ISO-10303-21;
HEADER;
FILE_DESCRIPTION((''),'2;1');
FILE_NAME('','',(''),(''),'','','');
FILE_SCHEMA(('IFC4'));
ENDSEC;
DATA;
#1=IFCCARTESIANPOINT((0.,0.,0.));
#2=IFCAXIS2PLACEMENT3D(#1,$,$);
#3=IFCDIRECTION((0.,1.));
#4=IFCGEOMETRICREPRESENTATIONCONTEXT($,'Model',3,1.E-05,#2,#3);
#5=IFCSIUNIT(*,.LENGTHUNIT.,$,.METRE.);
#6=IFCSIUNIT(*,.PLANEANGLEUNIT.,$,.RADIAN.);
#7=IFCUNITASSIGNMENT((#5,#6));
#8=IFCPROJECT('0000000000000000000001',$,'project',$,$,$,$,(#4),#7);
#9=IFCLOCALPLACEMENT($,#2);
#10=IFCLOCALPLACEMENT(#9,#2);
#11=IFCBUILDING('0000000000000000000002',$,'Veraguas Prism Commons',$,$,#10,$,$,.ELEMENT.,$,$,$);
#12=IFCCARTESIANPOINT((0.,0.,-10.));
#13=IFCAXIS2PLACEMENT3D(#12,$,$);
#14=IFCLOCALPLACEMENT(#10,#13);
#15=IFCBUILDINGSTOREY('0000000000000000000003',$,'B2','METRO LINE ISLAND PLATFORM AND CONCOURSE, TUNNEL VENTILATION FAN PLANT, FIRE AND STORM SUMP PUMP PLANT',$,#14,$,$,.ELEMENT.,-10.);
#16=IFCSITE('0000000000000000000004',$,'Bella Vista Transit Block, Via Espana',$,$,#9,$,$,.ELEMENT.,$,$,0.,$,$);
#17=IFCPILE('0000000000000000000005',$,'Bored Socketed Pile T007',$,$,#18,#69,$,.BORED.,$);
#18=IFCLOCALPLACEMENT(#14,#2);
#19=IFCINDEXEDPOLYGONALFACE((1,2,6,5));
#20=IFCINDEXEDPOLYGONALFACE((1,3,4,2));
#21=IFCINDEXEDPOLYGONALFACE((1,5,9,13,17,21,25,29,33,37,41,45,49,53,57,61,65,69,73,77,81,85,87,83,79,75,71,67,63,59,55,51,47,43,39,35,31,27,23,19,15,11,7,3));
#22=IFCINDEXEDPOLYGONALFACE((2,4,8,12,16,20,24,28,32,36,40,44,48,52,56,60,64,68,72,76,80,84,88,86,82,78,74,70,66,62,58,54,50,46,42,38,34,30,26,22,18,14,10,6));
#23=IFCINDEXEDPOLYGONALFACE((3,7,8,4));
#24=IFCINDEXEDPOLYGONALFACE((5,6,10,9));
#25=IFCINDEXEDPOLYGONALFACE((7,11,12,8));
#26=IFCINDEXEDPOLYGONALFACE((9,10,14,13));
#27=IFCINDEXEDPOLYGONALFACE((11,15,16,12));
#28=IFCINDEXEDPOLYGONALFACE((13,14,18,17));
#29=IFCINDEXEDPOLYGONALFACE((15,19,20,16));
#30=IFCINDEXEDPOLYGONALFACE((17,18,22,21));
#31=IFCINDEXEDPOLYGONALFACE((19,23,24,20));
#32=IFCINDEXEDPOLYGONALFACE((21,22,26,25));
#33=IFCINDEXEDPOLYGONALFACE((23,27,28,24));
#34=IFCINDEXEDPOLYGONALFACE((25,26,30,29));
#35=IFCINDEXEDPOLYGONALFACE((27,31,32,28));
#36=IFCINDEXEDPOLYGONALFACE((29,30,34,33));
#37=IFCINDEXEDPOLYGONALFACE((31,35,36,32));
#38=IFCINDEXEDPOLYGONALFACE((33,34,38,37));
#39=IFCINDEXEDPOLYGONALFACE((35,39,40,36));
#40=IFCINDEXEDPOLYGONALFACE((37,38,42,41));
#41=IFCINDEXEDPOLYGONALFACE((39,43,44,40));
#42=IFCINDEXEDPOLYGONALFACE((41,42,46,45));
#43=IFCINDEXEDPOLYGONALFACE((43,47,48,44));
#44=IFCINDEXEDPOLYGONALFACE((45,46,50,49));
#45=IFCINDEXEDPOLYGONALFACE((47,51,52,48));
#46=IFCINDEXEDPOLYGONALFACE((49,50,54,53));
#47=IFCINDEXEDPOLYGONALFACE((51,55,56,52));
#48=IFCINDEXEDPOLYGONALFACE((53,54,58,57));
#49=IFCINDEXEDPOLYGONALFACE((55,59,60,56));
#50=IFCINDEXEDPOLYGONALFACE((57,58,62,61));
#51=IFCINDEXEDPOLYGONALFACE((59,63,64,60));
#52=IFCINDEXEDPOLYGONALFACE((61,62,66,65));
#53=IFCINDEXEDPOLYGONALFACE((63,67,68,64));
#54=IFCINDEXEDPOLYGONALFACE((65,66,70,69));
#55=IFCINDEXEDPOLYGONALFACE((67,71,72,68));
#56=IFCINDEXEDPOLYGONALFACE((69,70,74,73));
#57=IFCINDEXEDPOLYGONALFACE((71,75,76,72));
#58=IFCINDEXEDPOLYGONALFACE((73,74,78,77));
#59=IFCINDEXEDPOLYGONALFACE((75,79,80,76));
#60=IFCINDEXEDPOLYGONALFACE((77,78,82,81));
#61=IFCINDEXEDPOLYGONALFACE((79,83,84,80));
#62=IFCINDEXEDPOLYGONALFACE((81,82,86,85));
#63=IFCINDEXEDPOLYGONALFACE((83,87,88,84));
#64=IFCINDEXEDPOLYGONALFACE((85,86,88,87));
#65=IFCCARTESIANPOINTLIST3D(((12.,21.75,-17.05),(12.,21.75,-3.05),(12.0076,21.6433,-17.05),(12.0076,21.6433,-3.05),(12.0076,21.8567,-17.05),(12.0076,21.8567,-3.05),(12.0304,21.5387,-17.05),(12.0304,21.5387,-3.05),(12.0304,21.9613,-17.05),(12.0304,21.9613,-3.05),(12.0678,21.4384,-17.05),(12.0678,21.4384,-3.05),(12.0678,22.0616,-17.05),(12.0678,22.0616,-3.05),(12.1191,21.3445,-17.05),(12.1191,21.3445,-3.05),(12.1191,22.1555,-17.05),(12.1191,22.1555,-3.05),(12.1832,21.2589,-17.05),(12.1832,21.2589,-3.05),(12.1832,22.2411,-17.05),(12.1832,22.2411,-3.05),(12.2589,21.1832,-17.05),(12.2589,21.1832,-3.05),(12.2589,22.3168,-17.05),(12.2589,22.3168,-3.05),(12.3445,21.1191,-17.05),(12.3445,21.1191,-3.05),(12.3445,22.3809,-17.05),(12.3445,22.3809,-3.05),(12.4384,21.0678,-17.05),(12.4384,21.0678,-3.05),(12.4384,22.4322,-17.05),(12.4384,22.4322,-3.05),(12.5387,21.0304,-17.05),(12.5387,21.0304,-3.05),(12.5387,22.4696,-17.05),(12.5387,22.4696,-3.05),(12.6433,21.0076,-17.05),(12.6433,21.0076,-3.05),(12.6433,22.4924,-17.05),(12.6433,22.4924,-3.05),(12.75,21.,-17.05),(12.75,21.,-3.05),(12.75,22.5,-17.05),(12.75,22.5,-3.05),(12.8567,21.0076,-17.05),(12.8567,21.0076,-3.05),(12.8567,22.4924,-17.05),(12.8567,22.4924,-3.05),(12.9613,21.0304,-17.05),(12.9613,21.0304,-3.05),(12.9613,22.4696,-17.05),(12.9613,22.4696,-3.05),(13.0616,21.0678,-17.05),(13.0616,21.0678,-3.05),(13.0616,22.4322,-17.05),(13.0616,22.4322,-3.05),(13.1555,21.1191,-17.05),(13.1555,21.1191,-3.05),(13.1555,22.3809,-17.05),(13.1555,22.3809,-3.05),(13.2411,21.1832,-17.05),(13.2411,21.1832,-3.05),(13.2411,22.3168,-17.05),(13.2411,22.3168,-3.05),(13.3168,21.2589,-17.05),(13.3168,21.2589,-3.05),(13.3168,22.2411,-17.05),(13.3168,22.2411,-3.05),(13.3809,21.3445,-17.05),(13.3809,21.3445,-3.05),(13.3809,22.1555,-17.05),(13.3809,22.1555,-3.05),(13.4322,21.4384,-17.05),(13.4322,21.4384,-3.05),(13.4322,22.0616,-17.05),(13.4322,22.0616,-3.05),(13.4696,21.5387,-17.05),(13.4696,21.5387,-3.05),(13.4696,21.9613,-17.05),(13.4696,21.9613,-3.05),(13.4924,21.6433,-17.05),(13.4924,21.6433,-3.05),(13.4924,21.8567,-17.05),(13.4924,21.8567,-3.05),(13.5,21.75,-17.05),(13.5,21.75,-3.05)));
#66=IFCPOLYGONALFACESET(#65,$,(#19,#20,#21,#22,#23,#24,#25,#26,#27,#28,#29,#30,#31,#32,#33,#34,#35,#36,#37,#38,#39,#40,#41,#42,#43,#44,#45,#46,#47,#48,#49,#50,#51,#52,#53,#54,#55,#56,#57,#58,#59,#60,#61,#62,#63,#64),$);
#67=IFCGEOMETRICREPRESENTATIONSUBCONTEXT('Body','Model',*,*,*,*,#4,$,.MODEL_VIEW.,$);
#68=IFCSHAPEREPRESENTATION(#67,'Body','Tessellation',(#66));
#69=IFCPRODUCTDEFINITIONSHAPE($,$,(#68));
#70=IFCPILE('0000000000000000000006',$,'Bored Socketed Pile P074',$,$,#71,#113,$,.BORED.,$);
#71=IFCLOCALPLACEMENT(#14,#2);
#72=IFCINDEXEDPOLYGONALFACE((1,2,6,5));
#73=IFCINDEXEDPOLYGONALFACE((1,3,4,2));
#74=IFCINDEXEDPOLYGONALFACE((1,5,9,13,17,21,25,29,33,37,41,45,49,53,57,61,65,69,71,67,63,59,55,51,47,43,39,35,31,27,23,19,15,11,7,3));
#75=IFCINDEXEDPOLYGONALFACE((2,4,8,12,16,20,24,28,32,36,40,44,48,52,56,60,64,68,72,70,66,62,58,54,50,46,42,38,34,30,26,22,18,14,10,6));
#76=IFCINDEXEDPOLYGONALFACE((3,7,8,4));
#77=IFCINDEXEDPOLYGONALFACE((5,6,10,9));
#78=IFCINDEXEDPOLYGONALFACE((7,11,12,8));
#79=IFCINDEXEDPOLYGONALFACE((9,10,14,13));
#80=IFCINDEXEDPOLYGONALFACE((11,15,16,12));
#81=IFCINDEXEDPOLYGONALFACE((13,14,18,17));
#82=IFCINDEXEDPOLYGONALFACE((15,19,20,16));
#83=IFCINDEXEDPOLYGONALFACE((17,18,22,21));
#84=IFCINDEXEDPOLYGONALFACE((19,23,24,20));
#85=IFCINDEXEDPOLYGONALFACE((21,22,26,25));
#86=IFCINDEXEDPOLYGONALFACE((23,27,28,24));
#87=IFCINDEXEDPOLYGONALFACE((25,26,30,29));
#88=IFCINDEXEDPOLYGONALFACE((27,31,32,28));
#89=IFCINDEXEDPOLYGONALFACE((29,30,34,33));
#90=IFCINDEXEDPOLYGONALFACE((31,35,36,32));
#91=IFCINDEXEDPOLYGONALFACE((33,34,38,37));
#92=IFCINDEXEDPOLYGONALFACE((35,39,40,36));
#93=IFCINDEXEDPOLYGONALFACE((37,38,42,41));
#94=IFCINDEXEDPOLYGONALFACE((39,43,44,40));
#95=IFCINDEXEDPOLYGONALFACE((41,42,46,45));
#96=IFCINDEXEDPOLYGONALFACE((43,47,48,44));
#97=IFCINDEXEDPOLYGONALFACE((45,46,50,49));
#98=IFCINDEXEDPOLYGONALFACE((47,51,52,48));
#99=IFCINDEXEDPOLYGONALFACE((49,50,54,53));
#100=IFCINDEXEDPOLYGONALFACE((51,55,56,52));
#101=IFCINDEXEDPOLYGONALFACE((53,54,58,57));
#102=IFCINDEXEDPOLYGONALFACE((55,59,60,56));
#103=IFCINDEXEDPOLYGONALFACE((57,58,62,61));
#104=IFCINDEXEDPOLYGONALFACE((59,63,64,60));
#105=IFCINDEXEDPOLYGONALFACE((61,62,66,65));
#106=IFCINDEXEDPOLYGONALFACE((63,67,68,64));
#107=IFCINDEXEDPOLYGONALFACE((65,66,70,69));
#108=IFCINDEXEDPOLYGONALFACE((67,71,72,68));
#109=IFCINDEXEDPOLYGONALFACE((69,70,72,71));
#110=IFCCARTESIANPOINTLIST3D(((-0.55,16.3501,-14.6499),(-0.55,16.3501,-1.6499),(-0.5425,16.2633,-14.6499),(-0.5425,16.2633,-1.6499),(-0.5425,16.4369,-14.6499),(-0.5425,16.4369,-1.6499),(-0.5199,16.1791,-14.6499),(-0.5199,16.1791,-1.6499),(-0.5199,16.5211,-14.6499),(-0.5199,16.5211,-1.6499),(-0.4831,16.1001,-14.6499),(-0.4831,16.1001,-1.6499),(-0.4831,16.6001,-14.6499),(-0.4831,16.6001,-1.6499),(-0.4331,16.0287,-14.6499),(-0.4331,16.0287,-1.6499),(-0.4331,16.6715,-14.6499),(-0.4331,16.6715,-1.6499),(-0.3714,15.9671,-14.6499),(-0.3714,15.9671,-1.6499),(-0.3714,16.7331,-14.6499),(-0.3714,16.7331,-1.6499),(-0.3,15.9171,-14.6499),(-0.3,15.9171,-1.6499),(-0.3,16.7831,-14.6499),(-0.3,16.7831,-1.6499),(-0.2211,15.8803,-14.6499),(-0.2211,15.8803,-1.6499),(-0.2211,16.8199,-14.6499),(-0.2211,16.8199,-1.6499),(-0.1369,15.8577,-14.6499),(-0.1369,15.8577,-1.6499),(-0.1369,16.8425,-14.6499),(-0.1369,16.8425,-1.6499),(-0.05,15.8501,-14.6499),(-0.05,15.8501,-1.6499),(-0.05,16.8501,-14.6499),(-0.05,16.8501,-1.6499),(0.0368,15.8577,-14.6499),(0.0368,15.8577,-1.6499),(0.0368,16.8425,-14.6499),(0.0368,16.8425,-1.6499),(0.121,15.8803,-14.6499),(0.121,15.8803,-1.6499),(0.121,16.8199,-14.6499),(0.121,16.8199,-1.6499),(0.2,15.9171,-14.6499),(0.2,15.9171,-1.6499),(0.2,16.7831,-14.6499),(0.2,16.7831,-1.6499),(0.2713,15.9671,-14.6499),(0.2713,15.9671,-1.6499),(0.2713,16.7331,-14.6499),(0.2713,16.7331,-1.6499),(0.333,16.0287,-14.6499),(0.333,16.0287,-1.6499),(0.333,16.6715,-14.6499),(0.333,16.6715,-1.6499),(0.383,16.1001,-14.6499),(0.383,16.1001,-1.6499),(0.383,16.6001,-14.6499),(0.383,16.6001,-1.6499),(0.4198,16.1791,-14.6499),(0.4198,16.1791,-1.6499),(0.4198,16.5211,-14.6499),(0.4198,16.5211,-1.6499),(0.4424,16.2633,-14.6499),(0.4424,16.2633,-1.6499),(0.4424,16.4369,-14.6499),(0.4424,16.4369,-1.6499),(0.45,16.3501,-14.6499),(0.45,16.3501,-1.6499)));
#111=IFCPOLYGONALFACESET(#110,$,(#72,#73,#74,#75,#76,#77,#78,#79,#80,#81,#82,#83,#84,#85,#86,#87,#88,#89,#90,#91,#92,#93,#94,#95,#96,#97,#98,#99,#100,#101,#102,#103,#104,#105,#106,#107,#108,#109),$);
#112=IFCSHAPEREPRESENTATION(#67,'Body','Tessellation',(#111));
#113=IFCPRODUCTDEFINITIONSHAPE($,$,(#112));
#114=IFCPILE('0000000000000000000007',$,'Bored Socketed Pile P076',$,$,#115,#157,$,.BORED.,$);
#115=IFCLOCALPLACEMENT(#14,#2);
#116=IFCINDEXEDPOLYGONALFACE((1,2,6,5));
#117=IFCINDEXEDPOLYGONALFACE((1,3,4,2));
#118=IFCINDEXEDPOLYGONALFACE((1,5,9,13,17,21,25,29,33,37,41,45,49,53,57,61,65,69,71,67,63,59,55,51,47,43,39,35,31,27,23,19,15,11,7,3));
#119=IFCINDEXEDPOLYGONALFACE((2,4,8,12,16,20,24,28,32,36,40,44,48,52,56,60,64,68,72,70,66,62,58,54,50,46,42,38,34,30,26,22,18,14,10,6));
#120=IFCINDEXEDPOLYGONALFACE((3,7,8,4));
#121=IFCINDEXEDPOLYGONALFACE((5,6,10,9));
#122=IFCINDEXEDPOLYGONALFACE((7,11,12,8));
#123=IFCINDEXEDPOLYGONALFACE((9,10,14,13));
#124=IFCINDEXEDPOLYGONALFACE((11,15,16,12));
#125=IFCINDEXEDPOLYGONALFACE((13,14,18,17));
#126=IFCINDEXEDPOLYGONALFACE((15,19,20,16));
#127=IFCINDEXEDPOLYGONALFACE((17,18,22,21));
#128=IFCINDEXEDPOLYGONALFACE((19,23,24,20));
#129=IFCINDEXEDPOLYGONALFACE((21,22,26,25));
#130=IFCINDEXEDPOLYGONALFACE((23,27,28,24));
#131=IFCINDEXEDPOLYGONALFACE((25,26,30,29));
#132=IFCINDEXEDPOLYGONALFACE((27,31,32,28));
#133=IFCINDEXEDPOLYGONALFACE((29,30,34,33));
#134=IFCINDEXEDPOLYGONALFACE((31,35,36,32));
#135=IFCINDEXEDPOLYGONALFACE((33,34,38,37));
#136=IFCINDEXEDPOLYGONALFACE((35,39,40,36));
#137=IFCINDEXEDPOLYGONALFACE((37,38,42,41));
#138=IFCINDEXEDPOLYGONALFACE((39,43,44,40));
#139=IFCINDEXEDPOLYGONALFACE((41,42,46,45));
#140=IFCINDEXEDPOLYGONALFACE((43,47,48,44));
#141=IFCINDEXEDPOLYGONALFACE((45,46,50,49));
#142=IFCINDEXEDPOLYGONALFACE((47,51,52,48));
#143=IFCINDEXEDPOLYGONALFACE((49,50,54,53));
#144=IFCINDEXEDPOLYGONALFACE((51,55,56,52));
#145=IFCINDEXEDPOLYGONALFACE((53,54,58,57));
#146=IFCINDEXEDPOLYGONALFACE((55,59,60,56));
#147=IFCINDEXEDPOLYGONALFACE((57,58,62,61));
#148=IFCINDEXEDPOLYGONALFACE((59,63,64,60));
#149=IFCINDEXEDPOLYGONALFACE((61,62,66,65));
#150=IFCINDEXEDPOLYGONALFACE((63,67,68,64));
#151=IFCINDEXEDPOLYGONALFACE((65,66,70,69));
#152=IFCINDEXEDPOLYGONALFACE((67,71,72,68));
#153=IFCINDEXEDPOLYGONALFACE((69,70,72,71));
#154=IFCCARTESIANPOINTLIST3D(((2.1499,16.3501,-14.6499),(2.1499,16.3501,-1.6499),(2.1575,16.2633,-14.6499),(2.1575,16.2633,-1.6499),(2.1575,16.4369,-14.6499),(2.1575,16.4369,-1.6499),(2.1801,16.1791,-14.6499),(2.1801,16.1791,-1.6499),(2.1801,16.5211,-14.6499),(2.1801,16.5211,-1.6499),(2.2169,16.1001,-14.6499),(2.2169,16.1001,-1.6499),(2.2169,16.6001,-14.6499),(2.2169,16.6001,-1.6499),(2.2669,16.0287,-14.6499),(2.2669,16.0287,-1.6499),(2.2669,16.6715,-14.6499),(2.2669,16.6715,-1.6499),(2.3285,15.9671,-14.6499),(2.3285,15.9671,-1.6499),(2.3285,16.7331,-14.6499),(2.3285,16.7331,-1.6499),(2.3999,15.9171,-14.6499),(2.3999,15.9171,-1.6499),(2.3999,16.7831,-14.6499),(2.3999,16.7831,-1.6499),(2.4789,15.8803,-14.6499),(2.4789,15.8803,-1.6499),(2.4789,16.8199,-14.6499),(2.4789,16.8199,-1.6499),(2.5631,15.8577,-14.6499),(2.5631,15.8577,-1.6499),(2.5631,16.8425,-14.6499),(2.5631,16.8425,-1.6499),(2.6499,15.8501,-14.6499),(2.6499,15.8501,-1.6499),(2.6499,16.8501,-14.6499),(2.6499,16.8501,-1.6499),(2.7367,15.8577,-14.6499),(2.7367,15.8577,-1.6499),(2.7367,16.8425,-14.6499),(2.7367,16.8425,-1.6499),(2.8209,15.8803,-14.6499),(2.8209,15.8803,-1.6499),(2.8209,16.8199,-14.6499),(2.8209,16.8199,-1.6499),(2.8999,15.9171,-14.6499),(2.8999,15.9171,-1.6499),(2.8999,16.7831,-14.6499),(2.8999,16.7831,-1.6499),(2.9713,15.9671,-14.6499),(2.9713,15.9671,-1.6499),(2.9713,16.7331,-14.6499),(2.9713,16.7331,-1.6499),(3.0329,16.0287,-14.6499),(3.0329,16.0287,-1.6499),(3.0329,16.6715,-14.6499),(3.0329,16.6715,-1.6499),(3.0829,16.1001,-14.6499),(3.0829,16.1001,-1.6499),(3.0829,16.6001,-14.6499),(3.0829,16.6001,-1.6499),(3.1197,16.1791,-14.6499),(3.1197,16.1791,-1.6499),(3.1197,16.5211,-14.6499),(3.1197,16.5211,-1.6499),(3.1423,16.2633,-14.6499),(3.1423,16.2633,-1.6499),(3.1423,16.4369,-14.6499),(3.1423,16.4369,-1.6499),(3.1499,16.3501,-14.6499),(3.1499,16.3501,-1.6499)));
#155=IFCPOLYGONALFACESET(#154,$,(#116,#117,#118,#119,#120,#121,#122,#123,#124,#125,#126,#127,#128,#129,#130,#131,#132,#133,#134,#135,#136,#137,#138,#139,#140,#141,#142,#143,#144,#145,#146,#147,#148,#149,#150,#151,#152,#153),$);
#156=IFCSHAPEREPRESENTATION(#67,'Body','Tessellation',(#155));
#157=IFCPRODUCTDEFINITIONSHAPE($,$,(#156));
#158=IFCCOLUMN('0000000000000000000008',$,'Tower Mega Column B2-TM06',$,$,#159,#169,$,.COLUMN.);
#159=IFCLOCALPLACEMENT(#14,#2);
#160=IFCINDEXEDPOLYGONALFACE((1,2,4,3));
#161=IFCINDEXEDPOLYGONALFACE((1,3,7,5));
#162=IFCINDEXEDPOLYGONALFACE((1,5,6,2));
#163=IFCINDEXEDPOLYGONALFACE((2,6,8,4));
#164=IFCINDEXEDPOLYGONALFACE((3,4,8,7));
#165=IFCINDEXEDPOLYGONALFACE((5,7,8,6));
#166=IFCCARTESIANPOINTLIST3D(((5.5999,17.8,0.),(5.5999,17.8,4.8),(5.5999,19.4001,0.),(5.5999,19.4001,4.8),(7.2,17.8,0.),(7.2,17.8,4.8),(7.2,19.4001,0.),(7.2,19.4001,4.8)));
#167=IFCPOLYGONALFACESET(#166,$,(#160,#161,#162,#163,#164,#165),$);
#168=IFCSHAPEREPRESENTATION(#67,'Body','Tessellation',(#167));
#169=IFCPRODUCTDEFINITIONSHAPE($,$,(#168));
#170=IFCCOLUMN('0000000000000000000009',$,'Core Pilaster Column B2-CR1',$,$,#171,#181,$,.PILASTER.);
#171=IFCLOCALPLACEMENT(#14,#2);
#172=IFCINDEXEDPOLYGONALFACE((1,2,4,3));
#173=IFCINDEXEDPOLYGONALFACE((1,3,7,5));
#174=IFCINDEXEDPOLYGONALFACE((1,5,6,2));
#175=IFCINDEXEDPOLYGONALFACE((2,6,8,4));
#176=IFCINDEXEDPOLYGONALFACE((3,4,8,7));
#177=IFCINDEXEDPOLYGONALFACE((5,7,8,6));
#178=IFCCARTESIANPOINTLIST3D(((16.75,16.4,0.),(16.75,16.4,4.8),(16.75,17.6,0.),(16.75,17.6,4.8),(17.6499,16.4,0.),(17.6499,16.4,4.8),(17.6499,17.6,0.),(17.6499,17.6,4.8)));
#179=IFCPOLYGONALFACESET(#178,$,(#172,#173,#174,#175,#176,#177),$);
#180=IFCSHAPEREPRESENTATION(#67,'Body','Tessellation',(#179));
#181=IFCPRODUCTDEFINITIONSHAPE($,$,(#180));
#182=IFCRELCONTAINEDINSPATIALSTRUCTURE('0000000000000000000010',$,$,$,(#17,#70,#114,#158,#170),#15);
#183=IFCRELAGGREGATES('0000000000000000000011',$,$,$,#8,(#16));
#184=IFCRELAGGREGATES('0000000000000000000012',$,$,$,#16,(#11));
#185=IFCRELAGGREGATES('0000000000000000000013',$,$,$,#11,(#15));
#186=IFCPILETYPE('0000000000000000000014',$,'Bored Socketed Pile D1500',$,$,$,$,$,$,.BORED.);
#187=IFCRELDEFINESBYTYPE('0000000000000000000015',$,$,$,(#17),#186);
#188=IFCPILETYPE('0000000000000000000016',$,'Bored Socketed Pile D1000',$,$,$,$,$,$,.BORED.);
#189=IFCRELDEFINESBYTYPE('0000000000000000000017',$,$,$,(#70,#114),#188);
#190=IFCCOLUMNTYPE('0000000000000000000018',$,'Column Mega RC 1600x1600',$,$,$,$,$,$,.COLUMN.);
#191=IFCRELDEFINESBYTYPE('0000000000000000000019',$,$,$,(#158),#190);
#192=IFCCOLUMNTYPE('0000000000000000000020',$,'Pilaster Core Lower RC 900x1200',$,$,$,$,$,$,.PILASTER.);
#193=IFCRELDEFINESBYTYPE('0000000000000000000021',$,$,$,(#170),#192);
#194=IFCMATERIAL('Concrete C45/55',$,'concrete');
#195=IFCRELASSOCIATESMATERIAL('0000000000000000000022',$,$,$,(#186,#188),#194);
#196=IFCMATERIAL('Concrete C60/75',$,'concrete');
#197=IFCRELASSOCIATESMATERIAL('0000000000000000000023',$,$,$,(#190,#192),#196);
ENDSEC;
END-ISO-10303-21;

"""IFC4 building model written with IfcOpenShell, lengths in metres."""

from ifc_helpers import new_model, si_unit, direction, frame, origin, origin_2d, place, context, subcontext, project, spatial, rectangle, circle, extrude, source, transform, mapped, material, material_profile, profile_set, type_object, element, save


model = new_model("IFC4")

# Units and contexts
model_context = context("Model", 3, precision=1e-05, world=origin(), true_north=direction((0.0, 1.0)))
body_context = subcontext(model_context, "Body", "Model", "MODEL_VIEW")
ifc_project = project(units=[si_unit("LENGTHUNIT", "METRE"), si_unit("PLANEANGLEUNIT", "RADIAN")], contexts=[model_context])

# Site, building, storey
site_placement = place(None, origin())
site = spatial("IfcSite", under=ifc_project, at=site_placement, Name="Bella Vista Transit Block, Via Espana", CompositionType="ELEMENT", RefElevation=0.0)
building_placement = place(site_placement, origin())
building = spatial("IfcBuilding", under=site, at=building_placement, Name="Veraguas Prism Commons", CompositionType="ELEMENT")
storey_placement = place(building_placement, frame((0.0, 0.0, -10.0)))
storey = spatial("IfcBuildingStorey", under=building, at=storey_placement, Name="B2", Description="METRO LINE ISLAND PLATFORM AND CONCOURSE, TUNNEL VENTILATION FAN PLANT, FIRE AND STORM SUMP PUMP PLANT", CompositionType="ELEMENT", Elevation=-10.0)

# Piles
ifc_material_1 = material(Name="Concrete C45/55", Category="concrete")
ifc_material_profile_1 = material_profile(ifc_material_1, circle(Radius=0.75, at=origin_2d()), Name="PILE1500")
ifc_profile_set_1 = profile_set([ifc_material_profile_1], Name="Concrete C45/55")
pile_type_1 = type_object("IfcPileType", Name="Bored Socketed Pile D1500", PredefinedType="BORED", material=ifc_profile_set_1)
shared_shape_1 = source(origin(), body_context, "Body", "SweptSolid", [
    extrude(circle(Radius=0.75, at=origin_2d()), origin(), (0.0, 0.0, 1.0), 14.0),
])
for number, where, z_axis, x_axis, name in (
    (1, (12.75, 21.75, -3.05), (0.0, 0.0, -1.0), (1.0, 0.0, 0.0), "Bored Socketed Pile T007"),
):
    element("IfcPile", number, at=place(storey_placement, frame(where, z_axis=z_axis, x_axis=x_axis)), inside=storey, type_object=pile_type_1, Name=name, PredefinedType="BORED", context=body_context, shape_type="MappedRepresentation", body=[
        mapped(shared_shape_1, transform((0.0, 0.0, 0.0), scale=1.0)),
    ])
ifc_material_profile_2 = material_profile(ifc_material_1, circle(Radius=0.5, at=origin_2d()), Name="PILE1000")
ifc_profile_set_2 = profile_set([ifc_material_profile_2], Name="Concrete C45/55")
pile_type_2 = type_object("IfcPileType", Name="Bored Socketed Pile D1000", PredefinedType="BORED", material=ifc_profile_set_2)
shared_shape_2 = source(origin(), body_context, "Body", "SweptSolid", [
    extrude(circle(Radius=0.5, at=origin_2d()), origin(), (0.0, 0.0, 1.0), 13.0),
])
for number, where, z_axis, x_axis, name in (
    (2, (-0.05, 16.3501, -1.6499), (0.0, 0.0, -1.0), (1.0, 0.0, 0.0), "Bored Socketed Pile P074"),
    (3, (2.6499, 16.3501, -1.6499), (0.0, 0.0, -1.0), (1.0, 0.0, 0.0), "Bored Socketed Pile P076"),
):
    element("IfcPile", number, at=place(storey_placement, frame(where, z_axis=z_axis, x_axis=x_axis)), inside=storey, type_object=pile_type_2, Name=name, PredefinedType="BORED", context=body_context, shape_type="MappedRepresentation", body=[
        mapped(shared_shape_2, transform((0.0, 0.0, 0.0), scale=1.0)),
    ])

# Columns
ifc_material_2 = material(Name="Concrete C60/75", Category="concrete")
ifc_material_profile_3 = material_profile(ifc_material_2, rectangle(XDim=1.6001, YDim=1.6001, at=origin_2d()), Name="RC1600X1600")
ifc_profile_set_3 = profile_set([ifc_material_profile_3], Name="Concrete C60/75")
column_type_1 = type_object("IfcColumnType", Name="Column Mega RC 1600x1600", PredefinedType="COLUMN", material=ifc_profile_set_3)
column_1_placement = place(storey_placement, frame((6.3999, 18.6001, 0.0), z_axis=(0.0, 0.0, 1.0), x_axis=(1.0, 0.0, 0.0)))
element("IfcColumn", 4, at=column_1_placement, inside=storey, type_object=column_type_1, Name="Tower Mega Column B2-TM06", PredefinedType="COLUMN", context=body_context, shape_type="SweptSolid", body=[
    extrude(rectangle(XDim=1.6001, YDim=1.6001, at=origin_2d()), origin(), (0.0, 0.0, 1.0), 4.8),
])
ifc_material_profile_4 = material_profile(ifc_material_2, rectangle(XDim=0.8999, YDim=1.2, at=origin_2d()), Name="RC900X1200")
ifc_profile_set_4 = profile_set([ifc_material_profile_4], Name="Concrete C60/75")
column_type_2 = type_object("IfcColumnType", Name="Pilaster Core Lower RC 900x1200", PredefinedType="PILASTER", material=ifc_profile_set_4)
column_2_placement = place(storey_placement, frame((17.2, 17.0, 0.0), z_axis=(0.0, 0.0, 1.0), x_axis=(1.0, 0.0, 0.0)))
element("IfcColumn", 5, at=column_2_placement, inside=storey, type_object=column_type_2, Name="Core Pilaster Column B2-CR1", PredefinedType="PILASTER", context=body_context, shape_type="SweptSolid", body=[
    extrude(rectangle(XDim=0.8999, YDim=1.2, at=origin_2d()), origin(), (0.0, 0.0, 1.0), 4.8),
])

save(model, "model.ifc")
